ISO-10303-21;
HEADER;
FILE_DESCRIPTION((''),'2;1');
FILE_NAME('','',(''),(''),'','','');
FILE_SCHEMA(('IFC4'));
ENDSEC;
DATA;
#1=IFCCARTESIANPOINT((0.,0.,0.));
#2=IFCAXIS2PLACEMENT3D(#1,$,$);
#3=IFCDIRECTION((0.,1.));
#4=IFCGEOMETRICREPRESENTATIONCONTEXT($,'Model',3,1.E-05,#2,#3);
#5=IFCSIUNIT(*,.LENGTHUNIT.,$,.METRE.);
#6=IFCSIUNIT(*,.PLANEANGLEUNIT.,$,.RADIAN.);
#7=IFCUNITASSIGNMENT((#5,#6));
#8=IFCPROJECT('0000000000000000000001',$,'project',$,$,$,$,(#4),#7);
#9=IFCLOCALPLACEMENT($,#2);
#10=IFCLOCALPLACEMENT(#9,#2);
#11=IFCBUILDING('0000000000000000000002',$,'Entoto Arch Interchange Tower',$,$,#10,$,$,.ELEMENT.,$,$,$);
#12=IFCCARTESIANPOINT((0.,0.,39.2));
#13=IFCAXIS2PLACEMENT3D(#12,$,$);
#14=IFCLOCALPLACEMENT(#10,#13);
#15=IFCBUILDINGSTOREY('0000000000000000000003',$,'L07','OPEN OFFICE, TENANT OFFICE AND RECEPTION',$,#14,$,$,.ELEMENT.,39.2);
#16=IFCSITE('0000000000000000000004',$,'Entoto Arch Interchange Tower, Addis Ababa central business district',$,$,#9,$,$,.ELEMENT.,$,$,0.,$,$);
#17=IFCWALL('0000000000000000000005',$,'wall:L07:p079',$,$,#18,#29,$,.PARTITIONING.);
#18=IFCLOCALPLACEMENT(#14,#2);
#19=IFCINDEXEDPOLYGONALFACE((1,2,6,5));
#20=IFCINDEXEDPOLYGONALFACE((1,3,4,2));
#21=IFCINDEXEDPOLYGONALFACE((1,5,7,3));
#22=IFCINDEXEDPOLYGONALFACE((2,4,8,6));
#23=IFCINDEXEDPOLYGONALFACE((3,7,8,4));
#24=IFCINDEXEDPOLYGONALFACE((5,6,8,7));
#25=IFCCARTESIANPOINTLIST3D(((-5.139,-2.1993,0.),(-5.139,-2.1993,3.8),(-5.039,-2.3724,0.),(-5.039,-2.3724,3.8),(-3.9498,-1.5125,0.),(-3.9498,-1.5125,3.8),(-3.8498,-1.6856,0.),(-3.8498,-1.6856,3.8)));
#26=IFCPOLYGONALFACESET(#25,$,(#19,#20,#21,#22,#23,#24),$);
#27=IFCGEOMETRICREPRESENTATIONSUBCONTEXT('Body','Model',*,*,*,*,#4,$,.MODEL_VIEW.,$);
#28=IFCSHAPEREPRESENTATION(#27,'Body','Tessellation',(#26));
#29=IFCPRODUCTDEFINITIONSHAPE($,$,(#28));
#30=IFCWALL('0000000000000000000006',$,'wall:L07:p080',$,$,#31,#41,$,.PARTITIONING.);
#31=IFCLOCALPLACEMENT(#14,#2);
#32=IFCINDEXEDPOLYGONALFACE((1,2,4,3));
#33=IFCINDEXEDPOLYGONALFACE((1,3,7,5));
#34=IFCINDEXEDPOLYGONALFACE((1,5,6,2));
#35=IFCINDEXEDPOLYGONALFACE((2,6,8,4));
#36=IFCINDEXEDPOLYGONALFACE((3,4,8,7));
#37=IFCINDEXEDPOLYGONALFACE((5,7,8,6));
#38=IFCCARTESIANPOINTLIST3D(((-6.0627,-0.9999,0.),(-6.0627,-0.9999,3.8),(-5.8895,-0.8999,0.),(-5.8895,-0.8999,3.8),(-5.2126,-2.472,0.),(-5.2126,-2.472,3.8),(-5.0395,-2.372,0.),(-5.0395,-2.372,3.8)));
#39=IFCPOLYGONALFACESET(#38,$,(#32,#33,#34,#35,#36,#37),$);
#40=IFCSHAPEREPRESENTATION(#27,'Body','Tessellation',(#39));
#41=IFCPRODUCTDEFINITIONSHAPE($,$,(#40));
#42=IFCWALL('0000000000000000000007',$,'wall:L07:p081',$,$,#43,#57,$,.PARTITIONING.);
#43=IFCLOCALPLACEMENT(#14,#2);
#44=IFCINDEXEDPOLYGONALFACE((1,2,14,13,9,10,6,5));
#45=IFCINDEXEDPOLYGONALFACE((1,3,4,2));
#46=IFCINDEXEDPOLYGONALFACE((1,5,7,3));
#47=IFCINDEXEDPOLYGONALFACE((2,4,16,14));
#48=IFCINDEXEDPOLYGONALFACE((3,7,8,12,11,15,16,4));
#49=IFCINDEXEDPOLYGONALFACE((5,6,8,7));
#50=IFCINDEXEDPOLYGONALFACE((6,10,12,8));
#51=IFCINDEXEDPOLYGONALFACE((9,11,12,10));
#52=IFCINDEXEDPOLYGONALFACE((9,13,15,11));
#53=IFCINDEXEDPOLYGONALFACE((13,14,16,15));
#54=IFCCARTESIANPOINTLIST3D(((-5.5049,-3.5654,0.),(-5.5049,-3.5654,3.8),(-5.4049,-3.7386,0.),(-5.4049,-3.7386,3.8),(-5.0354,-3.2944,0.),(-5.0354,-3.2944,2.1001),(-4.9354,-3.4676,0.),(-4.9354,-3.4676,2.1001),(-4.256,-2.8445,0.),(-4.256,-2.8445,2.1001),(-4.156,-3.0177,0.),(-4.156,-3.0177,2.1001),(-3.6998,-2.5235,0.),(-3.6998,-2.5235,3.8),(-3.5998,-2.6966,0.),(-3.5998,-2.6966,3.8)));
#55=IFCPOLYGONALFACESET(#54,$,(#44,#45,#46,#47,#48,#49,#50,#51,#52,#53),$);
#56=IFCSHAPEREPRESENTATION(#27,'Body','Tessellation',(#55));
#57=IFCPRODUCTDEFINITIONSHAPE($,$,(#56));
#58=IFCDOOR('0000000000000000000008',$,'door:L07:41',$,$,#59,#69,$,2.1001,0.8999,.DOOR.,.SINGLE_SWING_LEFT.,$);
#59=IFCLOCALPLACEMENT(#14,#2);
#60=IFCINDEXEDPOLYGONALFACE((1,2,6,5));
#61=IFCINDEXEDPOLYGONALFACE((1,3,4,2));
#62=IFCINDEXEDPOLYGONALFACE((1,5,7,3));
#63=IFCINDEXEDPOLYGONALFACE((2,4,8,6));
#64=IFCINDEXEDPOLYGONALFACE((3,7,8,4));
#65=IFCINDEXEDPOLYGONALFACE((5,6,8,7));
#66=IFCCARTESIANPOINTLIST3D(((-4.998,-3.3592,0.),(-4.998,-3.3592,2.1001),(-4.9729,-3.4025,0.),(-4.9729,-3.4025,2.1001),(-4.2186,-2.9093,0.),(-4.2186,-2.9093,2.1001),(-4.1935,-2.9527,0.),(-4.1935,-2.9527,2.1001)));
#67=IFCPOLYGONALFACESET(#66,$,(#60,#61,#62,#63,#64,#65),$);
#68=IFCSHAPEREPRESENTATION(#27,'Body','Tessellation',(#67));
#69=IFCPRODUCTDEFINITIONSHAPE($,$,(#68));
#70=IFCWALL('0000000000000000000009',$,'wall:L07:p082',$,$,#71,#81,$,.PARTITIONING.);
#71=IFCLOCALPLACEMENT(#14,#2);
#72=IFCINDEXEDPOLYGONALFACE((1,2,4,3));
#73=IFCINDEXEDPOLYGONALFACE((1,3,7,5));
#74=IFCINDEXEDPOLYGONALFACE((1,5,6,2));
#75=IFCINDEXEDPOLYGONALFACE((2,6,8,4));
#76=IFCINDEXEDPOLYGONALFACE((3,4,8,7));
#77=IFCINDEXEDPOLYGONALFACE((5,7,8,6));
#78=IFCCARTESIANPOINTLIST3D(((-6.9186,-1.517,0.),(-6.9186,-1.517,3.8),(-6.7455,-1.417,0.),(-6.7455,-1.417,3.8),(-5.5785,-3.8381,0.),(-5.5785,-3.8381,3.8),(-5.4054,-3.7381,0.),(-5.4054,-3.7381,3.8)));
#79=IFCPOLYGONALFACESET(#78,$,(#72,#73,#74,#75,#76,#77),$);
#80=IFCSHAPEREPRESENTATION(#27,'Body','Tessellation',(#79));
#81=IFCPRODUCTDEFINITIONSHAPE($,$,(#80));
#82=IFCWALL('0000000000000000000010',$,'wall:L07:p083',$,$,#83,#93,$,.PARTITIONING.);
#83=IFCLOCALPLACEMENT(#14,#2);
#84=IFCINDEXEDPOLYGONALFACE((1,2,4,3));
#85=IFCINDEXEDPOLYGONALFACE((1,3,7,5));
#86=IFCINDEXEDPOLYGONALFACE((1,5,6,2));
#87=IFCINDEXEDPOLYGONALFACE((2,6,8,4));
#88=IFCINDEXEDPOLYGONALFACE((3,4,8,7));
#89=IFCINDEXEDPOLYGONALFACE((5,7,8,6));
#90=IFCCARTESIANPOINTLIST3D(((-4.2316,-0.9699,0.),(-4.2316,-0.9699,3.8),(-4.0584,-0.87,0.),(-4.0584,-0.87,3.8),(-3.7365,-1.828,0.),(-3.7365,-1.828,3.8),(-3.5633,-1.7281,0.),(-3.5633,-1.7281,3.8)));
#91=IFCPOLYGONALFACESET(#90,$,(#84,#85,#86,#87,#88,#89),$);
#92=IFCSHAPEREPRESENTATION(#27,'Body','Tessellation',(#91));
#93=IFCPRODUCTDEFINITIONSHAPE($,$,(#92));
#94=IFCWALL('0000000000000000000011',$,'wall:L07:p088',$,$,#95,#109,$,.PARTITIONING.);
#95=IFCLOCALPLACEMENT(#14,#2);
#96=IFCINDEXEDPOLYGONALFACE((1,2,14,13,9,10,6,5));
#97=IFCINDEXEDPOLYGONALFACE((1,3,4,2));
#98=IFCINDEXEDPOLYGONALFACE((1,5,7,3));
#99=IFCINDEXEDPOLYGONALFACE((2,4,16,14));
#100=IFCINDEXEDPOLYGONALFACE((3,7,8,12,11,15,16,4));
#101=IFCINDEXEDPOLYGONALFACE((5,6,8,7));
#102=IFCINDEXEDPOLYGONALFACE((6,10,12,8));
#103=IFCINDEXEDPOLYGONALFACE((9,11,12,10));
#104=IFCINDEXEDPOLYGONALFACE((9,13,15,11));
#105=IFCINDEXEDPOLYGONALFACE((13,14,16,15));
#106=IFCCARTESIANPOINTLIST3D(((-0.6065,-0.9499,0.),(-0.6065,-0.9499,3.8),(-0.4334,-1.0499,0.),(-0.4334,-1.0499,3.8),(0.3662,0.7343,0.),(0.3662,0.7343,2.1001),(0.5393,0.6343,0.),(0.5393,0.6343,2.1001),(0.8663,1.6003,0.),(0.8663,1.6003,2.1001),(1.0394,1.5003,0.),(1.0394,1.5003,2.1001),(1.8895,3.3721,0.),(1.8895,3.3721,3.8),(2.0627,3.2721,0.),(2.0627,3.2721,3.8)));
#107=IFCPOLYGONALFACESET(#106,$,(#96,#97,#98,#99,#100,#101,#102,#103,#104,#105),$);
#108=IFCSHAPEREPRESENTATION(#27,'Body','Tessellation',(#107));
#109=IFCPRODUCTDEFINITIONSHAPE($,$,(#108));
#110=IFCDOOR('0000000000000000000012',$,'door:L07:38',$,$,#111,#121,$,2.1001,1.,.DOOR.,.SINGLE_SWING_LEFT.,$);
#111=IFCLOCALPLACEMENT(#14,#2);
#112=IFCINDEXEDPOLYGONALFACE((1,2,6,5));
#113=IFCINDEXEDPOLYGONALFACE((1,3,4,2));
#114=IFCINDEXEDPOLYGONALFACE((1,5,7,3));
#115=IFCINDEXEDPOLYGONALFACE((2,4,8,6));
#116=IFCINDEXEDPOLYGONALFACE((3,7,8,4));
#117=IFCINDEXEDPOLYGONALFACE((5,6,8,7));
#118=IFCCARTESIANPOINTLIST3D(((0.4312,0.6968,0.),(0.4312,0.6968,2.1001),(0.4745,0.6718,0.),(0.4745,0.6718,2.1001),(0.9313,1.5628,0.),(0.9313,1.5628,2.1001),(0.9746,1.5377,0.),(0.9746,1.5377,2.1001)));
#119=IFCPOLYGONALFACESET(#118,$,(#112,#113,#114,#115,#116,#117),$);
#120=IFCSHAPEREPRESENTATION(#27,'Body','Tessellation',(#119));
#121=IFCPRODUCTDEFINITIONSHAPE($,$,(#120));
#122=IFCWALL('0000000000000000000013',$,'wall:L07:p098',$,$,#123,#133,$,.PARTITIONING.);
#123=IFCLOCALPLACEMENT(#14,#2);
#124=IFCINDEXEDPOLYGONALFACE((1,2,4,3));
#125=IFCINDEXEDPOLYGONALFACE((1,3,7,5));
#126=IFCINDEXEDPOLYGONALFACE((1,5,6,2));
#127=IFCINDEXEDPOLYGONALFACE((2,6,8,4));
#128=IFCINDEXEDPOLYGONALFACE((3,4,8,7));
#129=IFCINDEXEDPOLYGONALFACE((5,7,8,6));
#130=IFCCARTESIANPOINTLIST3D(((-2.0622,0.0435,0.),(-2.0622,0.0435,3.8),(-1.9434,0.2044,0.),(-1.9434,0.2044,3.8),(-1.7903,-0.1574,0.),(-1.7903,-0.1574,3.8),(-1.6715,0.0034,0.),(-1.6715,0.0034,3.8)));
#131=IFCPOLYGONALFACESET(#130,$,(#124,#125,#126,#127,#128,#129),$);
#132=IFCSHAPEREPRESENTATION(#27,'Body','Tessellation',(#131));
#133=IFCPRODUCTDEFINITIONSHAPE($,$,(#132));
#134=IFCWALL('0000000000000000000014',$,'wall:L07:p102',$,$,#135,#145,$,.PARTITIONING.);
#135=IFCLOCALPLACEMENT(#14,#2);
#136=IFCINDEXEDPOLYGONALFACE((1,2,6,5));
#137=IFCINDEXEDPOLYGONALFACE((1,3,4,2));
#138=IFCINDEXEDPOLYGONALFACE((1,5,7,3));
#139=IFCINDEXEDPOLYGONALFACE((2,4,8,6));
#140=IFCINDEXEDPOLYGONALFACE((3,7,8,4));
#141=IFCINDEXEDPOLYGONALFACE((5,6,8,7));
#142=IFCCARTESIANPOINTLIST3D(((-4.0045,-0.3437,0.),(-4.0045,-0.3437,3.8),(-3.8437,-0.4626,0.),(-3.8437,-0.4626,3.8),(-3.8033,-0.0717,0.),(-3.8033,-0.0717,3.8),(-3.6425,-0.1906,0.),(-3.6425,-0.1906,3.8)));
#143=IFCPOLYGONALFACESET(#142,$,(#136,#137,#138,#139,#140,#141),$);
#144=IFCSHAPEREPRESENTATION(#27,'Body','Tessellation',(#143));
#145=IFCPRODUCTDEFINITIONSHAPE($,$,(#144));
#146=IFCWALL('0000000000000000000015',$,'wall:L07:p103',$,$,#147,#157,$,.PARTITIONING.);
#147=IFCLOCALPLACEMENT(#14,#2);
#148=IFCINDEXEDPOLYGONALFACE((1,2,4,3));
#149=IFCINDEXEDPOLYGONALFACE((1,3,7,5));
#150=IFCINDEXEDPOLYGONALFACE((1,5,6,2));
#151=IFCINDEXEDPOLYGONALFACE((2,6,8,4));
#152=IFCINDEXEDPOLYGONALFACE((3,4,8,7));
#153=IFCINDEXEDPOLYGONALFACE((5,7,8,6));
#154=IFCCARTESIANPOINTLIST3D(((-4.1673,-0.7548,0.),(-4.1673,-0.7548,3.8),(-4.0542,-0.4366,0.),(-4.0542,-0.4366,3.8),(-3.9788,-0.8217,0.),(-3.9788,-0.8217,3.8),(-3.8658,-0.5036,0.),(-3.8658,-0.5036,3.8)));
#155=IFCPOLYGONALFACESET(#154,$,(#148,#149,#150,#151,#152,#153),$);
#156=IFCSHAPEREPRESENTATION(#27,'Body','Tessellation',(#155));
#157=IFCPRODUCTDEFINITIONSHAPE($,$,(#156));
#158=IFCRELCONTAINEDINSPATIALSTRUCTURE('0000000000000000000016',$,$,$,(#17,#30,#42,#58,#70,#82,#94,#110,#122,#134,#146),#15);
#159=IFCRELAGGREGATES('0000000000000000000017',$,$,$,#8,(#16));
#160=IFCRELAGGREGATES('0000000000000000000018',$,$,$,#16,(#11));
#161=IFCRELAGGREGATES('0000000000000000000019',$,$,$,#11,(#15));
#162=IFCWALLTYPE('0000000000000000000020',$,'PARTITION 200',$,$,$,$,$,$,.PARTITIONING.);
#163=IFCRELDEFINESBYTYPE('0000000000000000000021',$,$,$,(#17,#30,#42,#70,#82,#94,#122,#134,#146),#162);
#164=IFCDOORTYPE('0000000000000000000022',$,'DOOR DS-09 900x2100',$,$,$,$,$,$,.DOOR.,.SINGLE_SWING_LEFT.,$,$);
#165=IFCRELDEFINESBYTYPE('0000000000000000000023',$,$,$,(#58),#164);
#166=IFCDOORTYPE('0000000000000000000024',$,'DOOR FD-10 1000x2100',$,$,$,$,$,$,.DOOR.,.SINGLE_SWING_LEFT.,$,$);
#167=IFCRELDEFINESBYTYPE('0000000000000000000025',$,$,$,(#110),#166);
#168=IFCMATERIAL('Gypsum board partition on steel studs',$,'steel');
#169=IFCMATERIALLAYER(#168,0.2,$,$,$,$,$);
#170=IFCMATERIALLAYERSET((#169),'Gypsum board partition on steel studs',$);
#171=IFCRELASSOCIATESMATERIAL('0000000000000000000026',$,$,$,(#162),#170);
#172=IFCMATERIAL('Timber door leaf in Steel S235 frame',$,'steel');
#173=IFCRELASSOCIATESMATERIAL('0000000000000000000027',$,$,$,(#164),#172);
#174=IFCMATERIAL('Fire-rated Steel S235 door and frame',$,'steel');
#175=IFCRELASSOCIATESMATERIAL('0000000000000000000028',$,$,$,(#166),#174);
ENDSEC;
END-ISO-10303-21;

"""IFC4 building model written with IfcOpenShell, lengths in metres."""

from ifc_helpers import new_model, si_unit, direction, frame, frame_2d, origin, place, context, subcontext, project, spatial, rectangle, extrude, material, layer, layer_set, type_object, element, fill, save


model = new_model("IFC4")

# Units and contexts
model_context = context("Model", 3, precision=1e-05, world=origin(), true_north=direction((0.0, 1.0)))
body_context = subcontext(model_context, "Body", "Model", "MODEL_VIEW")
ifc_project = project(units=[si_unit("LENGTHUNIT", "METRE"), si_unit("PLANEANGLEUNIT", "RADIAN")], contexts=[model_context])

# Site, building, storey
site_placement = place(None, origin())
site = spatial("IfcSite", under=ifc_project, at=site_placement, Name="Entoto Arch Interchange Tower, Addis Ababa central business district", CompositionType="ELEMENT", RefElevation=0.0)
building_placement = place(site_placement, origin())
building = spatial("IfcBuilding", under=site, at=building_placement, Name="Entoto Arch Interchange Tower", CompositionType="ELEMENT")
storey_placement = place(building_placement, frame((0.0, 0.0, 39.2)))
storey = spatial("IfcBuildingStorey", under=building, at=storey_placement, Name="L07", Description="OPEN OFFICE, TENANT OFFICE AND RECEPTION", CompositionType="ELEMENT", Elevation=39.2)

# Walls
ifc_material_1 = material(Name="Gypsum board partition on steel studs", Category="steel")
ifc_layer_1 = layer(ifc_material_1, 0.2)
ifc_layer_set_1 = layer_set([ifc_layer_1], Name="Gypsum board partition on steel studs")
wall_type_1 = type_object("IfcWallType", Name="PARTITION 200", PredefinedType="PARTITIONING", material=ifc_layer_set_1)
wall_1_placement = place(storey_placement, frame((-3.8999, -1.5991, 0.0), z_axis=(0.0, 0.0, 1.0), x_axis=(-0.865969, -0.500097, 0.0)))
element("IfcWall", 1, at=wall_1_placement, inside=storey, type_object=wall_type_1, Name="wall:L07:p079", PredefinedType="PARTITIONING", context=body_context, shape_type="SweptSolid", body=[
    extrude(rectangle(XDim=1.3733, YDim=0.2, at=frame_2d((0.6865, 0.0))), origin(), (0.0, 0.0, 1.0), 3.8),
])
wall_2_placement = place(storey_placement, frame((-5.126, -2.4221, 0.0), z_axis=(0.0, 0.0, 1.0), x_axis=(-0.500062, 0.865989, 0.0)))
element("IfcWall", 2, at=wall_2_placement, inside=storey, type_object=wall_type_1, Name="wall:L07:p080", PredefinedType="PARTITIONING", context=body_context, shape_type="SweptSolid", body=[
    extrude(rectangle(XDim=1.7, YDim=0.2, at=frame_2d((0.8501, 0.0))), origin(), (0.0, 0.0, 1.0), 3.8),
])

# Wall, opening, door
wall_3_placement = place(storey_placement, frame((-3.6499, -2.6101, 0.0), z_axis=(0.0, 0.0, 1.0), x_axis=(-0.866072, -0.499918, 0.0)))
wall_3 = element("IfcWall", 3, at=wall_3_placement, inside=storey, type_object=wall_type_1, Name="wall:L07:p081", PredefinedType="PARTITIONING", context=body_context, shape_type="SweptSolid", body=[
    extrude(rectangle(XDim=2.0842, YDim=0.2, at=frame_2d((1.042, 0.0))), origin(), (0.0, 0.0, 1.0), 3.8),
])
opening_1_placement = place(wall_3_placement, frame((0.6421, 0.0, 0.0)))
opening_1 = element("IfcOpeningElement", 4, at=opening_1_placement, cuts=wall_3, PredefinedType="OPENING", context=body_context, shape_type="SweptSolid", body=[
    extrude(rectangle(XDim=0.8999, YDim=2.1001, at=frame_2d((0.45, 1.05))), frame((0.0, 0.1099, 0.0), z_axis=(0.0, -1.0, 0.0), x_axis=(1.0, 0.0, 0.0)), (0.0, 0.0, 1.0), 0.22),
])
ifc_material_2 = material(Name="Timber door leaf in Steel S235 frame", Category="steel")
door_type_1 = type_object("IfcDoorType", Name="DOOR DS-09 900x2100", OperationType="SINGLE_SWING_LEFT", PredefinedType="DOOR", material=ifc_material_2)
door_1_placement = place(opening_1_placement, origin())
door_1 = element("IfcDoor", 5, at=door_1_placement, inside=storey, type_object=door_type_1, Name="door:L07:41", OperationType="SINGLE_SWING_LEFT", OverallHeight=2.1001, OverallWidth=0.8999, PredefinedType="DOOR", context=body_context, shape_type="SweptSolid", body=[
    extrude(rectangle(XDim=0.8999, YDim=2.1001, at=frame_2d((0.45, 1.05))), frame((0.0, 0.0249, 0.0), z_axis=(0.0, -1.0, 0.0), x_axis=(1.0, 0.0, 0.0)), (0.0, 0.0, 1.0), 0.05),
])
fill(opening_1, door_1)

# Walls
wall_4_placement = place(storey_placement, frame((-5.4919, -3.7881, 0.0), z_axis=(0.0, 0.0, 1.0), x_axis=(-0.500009, 0.86602, 0.0)))
element("IfcWall", 6, at=wall_4_placement, inside=storey, type_object=wall_type_1, Name="wall:L07:p082", PredefinedType="PARTITIONING", context=body_context, shape_type="SweptSolid", body=[
    extrude(rectangle(XDim=2.6802, YDim=0.2, at=frame_2d((1.3401, 0.0))), origin(), (0.0, 0.0, 1.0), 3.8),
])
wall_5_placement = place(storey_placement, frame((-4.145, -0.9199, 0.0), z_axis=(0.0, 0.0, 1.0), x_axis=(0.499744, -0.866173, 0.0)))
element("IfcWall", 7, at=wall_5_placement, inside=storey, type_object=wall_type_1, Name="wall:L07:p083", PredefinedType="PARTITIONING", context=body_context, shape_type="SweptSolid", body=[
    extrude(rectangle(XDim=0.9907, YDim=0.2, at=frame_2d((0.4954, 0.0))), origin(), (0.0, 0.0, 1.0), 3.8),
])

# Wall, opening, door
wall_6_placement = place(storey_placement, frame((-0.52, -1.0, 0.0), z_axis=(0.0, 0.0, 1.0), x_axis=(0.500116, 0.865958, 0.0)))
wall_6 = element("IfcWall", 8, at=wall_6_placement, inside=storey, type_object=wall_type_1, Name="wall:L07:p088", PredefinedType="PARTITIONING", context=body_context, shape_type="SweptSolid", body=[
    extrude(rectangle(XDim=4.991, YDim=0.2, at=frame_2d((2.4956, 0.0))), origin(), (0.0, 0.0, 1.0), 3.8),
])
opening_2_placement = place(wall_6_placement, frame((1.9451, 0.0, 0.0)))
opening_2 = element("IfcOpeningElement", 9, at=opening_2_placement, cuts=wall_6, PredefinedType="OPENING", context=body_context, shape_type="SweptSolid", body=[
    extrude(rectangle(XDim=1.0, YDim=2.1001, at=frame_2d((0.5, 1.05))), frame((0.0, 0.1099, 0.0), z_axis=(0.0, -1.0, 0.0), x_axis=(1.0, 0.0, 0.0)), (0.0, 0.0, 1.0), 0.22),
])
ifc_material_3 = material(Name="Fire-rated Steel S235 door and frame", Category="steel")
door_type_2 = type_object("IfcDoorType", Name="DOOR FD-10 1000x2100", OperationType="SINGLE_SWING_LEFT", PredefinedType="DOOR", material=ifc_material_3)
door_2_placement = place(opening_2_placement, origin())
door_2 = element("IfcDoor", 10, at=door_2_placement, inside=storey, type_object=door_type_2, Name="door:L07:38", OperationType="SINGLE_SWING_LEFT", OverallHeight=2.1001, OverallWidth=1.0, PredefinedType="DOOR", context=body_context, shape_type="SweptSolid", body=[
    extrude(rectangle(XDim=1.0, YDim=2.1001, at=frame_2d((0.5, 1.05))), frame((0.0, 0.0249, 0.0), z_axis=(0.0, -1.0, 0.0), x_axis=(1.0, 0.0, 0.0)), (0.0, 0.0, 1.0), 0.05),
])
fill(opening_2, door_2)

# Walls
wall_7_placement = place(storey_placement, frame((-1.731, -0.0769, 0.0), z_axis=(0.0, 0.0, 1.0), x_axis=(-0.804311, 0.594208, 0.0)))
element("IfcWall", 11, at=wall_7_placement, inside=storey, type_object=wall_type_1, Name="wall:L07:p098", PredefinedType="PARTITIONING", context=body_context, shape_type="SweptSolid", body=[
    extrude(rectangle(XDim=0.3381, YDim=0.2, at=frame_2d((0.1689, 0.0))), origin(), (0.0, 0.0, 1.0), 3.8),
])
wall_8_placement = place(storey_placement, frame((-3.7229, -0.1311, 0.0), z_axis=(0.0, 0.0, 1.0), x_axis=(-0.594675, -0.803966, 0.0)))
element("IfcWall", 12, at=wall_8_placement, inside=storey, type_object=wall_type_1, Name="wall:L07:p102", PredefinedType="PARTITIONING", context=body_context, shape_type="SweptSolid", body=[
    extrude(rectangle(XDim=0.3384, YDim=0.2, at=frame_2d((0.1692, 0.0))), origin(), (0.0, 0.0, 1.0), 3.8),
])
wall_9_placement = place(storey_placement, frame((-3.96, -0.47, 0.0), z_axis=(0.0, 0.0, 1.0), x_axis=(-0.334824, -0.942281, 0.0)))
element("IfcWall", 13, at=wall_9_placement, inside=storey, type_object=wall_type_1, Name="wall:L07:p103", PredefinedType="PARTITIONING", context=body_context, shape_type="SweptSolid", body=[
    extrude(rectangle(XDim=0.3376, YDim=0.2, at=frame_2d((0.1689, 0.0))), origin(), (0.0, 0.0, 1.0), 3.8),
])

save(model, "model.ifc")
